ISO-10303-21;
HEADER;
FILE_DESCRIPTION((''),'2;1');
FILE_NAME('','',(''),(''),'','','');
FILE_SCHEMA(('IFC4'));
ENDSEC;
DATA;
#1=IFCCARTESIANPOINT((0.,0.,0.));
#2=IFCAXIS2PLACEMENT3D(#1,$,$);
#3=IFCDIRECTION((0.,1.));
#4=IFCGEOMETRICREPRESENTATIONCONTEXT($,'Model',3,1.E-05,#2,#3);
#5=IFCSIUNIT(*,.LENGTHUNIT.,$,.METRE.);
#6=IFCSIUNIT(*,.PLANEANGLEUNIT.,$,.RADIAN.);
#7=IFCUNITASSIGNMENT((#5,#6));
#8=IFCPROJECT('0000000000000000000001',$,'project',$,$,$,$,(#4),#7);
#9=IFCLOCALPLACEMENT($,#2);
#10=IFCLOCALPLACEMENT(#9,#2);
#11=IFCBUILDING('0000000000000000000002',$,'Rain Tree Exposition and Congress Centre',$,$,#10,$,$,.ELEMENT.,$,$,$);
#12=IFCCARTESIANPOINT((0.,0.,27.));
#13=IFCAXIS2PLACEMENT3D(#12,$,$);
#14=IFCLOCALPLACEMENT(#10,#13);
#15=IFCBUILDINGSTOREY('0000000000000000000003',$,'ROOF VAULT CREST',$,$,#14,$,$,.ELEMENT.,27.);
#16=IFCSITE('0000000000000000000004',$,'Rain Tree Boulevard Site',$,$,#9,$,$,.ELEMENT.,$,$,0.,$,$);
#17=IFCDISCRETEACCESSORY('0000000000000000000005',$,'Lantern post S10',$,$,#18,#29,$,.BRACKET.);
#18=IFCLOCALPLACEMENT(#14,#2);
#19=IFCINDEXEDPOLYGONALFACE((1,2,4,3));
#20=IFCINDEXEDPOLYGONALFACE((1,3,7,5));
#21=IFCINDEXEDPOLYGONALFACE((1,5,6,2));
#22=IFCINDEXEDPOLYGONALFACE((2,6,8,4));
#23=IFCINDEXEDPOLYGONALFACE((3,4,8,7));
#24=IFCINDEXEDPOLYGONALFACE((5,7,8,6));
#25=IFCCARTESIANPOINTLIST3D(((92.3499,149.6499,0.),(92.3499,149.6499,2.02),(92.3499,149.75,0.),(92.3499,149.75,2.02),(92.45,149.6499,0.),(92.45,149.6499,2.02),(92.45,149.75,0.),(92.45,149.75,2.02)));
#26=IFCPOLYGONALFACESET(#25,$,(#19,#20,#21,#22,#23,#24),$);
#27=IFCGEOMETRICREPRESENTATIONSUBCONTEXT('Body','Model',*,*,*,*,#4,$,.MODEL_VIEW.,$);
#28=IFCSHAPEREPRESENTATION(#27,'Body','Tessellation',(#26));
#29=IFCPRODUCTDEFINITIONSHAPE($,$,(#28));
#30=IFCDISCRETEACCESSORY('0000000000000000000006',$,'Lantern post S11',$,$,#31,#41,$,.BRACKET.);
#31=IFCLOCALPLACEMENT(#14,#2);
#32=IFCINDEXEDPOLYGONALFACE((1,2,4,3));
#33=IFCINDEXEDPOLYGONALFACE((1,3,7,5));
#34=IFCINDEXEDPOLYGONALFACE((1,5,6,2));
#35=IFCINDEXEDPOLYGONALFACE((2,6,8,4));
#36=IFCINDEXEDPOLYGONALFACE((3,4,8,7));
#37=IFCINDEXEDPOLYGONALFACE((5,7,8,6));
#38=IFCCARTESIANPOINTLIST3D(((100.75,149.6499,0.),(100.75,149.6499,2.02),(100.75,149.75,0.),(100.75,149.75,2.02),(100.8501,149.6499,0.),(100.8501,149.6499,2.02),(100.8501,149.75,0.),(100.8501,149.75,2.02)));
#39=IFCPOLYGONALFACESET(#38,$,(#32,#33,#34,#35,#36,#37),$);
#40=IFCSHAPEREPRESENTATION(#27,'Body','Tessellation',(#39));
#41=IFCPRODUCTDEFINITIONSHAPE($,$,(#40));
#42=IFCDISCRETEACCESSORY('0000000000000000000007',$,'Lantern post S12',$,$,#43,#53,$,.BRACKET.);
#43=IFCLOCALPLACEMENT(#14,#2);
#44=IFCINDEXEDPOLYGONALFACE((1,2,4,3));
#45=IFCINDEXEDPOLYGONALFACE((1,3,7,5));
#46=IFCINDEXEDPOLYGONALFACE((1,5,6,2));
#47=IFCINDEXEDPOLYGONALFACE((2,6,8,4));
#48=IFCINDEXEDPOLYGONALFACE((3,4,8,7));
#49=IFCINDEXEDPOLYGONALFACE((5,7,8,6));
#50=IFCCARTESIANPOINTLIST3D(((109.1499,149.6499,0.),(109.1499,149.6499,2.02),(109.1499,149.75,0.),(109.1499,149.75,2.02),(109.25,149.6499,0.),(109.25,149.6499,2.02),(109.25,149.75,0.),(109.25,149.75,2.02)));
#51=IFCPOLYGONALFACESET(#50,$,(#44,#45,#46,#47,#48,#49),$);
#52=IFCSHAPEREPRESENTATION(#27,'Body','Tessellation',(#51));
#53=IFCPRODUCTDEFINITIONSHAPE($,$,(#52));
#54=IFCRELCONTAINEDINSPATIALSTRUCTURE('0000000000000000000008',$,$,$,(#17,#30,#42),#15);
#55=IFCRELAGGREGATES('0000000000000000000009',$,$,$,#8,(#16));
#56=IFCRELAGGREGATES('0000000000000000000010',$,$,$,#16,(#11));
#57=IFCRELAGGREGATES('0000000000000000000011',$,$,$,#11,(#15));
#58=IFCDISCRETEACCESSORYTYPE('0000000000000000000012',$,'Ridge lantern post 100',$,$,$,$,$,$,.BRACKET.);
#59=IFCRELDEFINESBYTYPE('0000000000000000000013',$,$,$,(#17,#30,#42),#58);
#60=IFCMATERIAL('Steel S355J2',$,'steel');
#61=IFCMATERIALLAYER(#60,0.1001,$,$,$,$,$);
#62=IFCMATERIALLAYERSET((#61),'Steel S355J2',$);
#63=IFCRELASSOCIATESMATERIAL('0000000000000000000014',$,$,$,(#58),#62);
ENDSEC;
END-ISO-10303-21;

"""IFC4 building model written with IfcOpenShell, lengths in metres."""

from ifc_helpers import new_model, si_unit, direction, frame, origin, origin_2d, place, context, subcontext, project, spatial, rectangle, extrude, material, layer, layer_set, type_object, element, save


model = new_model("IFC4")

# Units and contexts
model_context = context("Model", 3, precision=1e-05, world=origin(), true_north=direction((0.0, 1.0)))
body_context = subcontext(model_context, "Body", "Model", "MODEL_VIEW")
ifc_project = project(units=[si_unit("LENGTHUNIT", "METRE"), si_unit("PLANEANGLEUNIT", "RADIAN")], contexts=[model_context])

# Site, building, storey
site_placement = place(None, origin())
site = spatial("IfcSite", under=ifc_project, at=site_placement, Name="Rain Tree Boulevard Site", CompositionType="ELEMENT", RefElevation=0.0)
building_placement = place(site_placement, origin())
building = spatial("IfcBuilding", under=site, at=building_placement, Name="Rain Tree Exposition and Congress Centre", CompositionType="ELEMENT")
storey_placement = place(building_placement, frame((0.0, 0.0, 27.0)))
storey = spatial("IfcBuildingStorey", under=building, at=storey_placement, Name="ROOF VAULT CREST", CompositionType="ELEMENT", Elevation=27.0)

# Discrete accessories
ifc_material_1 = material(Name="Steel S355J2", Category="steel")
ifc_layer_1 = layer(ifc_material_1, 0.1001)
ifc_layer_set_1 = layer_set([ifc_layer_1], Name="Steel S355J2")
discrete_accessory_type = type_object("IfcDiscreteAccessoryType", Name="Ridge lantern post 100", PredefinedType="BRACKET", material=ifc_layer_set_1)
for number, where, z_axis, x_axis, name in (
    (1, (92.3999, 149.7, 0.0), (0.0, 0.0, 1.0), (1.0, 0.0, 0.0), "Lantern post S10"),
    (2, (100.8, 149.7, 0.0), (0.0, 0.0, 1.0), (1.0, 0.0, 0.0), "Lantern post S11"),
    (3, (109.2, 149.7, 0.0), (0.0, 0.0, 1.0), (1.0, 0.0, 0.0), "Lantern post S12"),
):
    element("IfcDiscreteAccessory", number, at=place(storey_placement, frame(where, z_axis=z_axis, x_axis=x_axis)), inside=storey, type_object=discrete_accessory_type, Name=name, PredefinedType="BRACKET", context=body_context, shape_type="SweptSolid", body=[
        extrude(rectangle(XDim=0.1001, YDim=0.1001, at=origin_2d()), origin(), (0.0, 0.0, 1.0), 2.02),
    ])

save(model, "model.ifc")
